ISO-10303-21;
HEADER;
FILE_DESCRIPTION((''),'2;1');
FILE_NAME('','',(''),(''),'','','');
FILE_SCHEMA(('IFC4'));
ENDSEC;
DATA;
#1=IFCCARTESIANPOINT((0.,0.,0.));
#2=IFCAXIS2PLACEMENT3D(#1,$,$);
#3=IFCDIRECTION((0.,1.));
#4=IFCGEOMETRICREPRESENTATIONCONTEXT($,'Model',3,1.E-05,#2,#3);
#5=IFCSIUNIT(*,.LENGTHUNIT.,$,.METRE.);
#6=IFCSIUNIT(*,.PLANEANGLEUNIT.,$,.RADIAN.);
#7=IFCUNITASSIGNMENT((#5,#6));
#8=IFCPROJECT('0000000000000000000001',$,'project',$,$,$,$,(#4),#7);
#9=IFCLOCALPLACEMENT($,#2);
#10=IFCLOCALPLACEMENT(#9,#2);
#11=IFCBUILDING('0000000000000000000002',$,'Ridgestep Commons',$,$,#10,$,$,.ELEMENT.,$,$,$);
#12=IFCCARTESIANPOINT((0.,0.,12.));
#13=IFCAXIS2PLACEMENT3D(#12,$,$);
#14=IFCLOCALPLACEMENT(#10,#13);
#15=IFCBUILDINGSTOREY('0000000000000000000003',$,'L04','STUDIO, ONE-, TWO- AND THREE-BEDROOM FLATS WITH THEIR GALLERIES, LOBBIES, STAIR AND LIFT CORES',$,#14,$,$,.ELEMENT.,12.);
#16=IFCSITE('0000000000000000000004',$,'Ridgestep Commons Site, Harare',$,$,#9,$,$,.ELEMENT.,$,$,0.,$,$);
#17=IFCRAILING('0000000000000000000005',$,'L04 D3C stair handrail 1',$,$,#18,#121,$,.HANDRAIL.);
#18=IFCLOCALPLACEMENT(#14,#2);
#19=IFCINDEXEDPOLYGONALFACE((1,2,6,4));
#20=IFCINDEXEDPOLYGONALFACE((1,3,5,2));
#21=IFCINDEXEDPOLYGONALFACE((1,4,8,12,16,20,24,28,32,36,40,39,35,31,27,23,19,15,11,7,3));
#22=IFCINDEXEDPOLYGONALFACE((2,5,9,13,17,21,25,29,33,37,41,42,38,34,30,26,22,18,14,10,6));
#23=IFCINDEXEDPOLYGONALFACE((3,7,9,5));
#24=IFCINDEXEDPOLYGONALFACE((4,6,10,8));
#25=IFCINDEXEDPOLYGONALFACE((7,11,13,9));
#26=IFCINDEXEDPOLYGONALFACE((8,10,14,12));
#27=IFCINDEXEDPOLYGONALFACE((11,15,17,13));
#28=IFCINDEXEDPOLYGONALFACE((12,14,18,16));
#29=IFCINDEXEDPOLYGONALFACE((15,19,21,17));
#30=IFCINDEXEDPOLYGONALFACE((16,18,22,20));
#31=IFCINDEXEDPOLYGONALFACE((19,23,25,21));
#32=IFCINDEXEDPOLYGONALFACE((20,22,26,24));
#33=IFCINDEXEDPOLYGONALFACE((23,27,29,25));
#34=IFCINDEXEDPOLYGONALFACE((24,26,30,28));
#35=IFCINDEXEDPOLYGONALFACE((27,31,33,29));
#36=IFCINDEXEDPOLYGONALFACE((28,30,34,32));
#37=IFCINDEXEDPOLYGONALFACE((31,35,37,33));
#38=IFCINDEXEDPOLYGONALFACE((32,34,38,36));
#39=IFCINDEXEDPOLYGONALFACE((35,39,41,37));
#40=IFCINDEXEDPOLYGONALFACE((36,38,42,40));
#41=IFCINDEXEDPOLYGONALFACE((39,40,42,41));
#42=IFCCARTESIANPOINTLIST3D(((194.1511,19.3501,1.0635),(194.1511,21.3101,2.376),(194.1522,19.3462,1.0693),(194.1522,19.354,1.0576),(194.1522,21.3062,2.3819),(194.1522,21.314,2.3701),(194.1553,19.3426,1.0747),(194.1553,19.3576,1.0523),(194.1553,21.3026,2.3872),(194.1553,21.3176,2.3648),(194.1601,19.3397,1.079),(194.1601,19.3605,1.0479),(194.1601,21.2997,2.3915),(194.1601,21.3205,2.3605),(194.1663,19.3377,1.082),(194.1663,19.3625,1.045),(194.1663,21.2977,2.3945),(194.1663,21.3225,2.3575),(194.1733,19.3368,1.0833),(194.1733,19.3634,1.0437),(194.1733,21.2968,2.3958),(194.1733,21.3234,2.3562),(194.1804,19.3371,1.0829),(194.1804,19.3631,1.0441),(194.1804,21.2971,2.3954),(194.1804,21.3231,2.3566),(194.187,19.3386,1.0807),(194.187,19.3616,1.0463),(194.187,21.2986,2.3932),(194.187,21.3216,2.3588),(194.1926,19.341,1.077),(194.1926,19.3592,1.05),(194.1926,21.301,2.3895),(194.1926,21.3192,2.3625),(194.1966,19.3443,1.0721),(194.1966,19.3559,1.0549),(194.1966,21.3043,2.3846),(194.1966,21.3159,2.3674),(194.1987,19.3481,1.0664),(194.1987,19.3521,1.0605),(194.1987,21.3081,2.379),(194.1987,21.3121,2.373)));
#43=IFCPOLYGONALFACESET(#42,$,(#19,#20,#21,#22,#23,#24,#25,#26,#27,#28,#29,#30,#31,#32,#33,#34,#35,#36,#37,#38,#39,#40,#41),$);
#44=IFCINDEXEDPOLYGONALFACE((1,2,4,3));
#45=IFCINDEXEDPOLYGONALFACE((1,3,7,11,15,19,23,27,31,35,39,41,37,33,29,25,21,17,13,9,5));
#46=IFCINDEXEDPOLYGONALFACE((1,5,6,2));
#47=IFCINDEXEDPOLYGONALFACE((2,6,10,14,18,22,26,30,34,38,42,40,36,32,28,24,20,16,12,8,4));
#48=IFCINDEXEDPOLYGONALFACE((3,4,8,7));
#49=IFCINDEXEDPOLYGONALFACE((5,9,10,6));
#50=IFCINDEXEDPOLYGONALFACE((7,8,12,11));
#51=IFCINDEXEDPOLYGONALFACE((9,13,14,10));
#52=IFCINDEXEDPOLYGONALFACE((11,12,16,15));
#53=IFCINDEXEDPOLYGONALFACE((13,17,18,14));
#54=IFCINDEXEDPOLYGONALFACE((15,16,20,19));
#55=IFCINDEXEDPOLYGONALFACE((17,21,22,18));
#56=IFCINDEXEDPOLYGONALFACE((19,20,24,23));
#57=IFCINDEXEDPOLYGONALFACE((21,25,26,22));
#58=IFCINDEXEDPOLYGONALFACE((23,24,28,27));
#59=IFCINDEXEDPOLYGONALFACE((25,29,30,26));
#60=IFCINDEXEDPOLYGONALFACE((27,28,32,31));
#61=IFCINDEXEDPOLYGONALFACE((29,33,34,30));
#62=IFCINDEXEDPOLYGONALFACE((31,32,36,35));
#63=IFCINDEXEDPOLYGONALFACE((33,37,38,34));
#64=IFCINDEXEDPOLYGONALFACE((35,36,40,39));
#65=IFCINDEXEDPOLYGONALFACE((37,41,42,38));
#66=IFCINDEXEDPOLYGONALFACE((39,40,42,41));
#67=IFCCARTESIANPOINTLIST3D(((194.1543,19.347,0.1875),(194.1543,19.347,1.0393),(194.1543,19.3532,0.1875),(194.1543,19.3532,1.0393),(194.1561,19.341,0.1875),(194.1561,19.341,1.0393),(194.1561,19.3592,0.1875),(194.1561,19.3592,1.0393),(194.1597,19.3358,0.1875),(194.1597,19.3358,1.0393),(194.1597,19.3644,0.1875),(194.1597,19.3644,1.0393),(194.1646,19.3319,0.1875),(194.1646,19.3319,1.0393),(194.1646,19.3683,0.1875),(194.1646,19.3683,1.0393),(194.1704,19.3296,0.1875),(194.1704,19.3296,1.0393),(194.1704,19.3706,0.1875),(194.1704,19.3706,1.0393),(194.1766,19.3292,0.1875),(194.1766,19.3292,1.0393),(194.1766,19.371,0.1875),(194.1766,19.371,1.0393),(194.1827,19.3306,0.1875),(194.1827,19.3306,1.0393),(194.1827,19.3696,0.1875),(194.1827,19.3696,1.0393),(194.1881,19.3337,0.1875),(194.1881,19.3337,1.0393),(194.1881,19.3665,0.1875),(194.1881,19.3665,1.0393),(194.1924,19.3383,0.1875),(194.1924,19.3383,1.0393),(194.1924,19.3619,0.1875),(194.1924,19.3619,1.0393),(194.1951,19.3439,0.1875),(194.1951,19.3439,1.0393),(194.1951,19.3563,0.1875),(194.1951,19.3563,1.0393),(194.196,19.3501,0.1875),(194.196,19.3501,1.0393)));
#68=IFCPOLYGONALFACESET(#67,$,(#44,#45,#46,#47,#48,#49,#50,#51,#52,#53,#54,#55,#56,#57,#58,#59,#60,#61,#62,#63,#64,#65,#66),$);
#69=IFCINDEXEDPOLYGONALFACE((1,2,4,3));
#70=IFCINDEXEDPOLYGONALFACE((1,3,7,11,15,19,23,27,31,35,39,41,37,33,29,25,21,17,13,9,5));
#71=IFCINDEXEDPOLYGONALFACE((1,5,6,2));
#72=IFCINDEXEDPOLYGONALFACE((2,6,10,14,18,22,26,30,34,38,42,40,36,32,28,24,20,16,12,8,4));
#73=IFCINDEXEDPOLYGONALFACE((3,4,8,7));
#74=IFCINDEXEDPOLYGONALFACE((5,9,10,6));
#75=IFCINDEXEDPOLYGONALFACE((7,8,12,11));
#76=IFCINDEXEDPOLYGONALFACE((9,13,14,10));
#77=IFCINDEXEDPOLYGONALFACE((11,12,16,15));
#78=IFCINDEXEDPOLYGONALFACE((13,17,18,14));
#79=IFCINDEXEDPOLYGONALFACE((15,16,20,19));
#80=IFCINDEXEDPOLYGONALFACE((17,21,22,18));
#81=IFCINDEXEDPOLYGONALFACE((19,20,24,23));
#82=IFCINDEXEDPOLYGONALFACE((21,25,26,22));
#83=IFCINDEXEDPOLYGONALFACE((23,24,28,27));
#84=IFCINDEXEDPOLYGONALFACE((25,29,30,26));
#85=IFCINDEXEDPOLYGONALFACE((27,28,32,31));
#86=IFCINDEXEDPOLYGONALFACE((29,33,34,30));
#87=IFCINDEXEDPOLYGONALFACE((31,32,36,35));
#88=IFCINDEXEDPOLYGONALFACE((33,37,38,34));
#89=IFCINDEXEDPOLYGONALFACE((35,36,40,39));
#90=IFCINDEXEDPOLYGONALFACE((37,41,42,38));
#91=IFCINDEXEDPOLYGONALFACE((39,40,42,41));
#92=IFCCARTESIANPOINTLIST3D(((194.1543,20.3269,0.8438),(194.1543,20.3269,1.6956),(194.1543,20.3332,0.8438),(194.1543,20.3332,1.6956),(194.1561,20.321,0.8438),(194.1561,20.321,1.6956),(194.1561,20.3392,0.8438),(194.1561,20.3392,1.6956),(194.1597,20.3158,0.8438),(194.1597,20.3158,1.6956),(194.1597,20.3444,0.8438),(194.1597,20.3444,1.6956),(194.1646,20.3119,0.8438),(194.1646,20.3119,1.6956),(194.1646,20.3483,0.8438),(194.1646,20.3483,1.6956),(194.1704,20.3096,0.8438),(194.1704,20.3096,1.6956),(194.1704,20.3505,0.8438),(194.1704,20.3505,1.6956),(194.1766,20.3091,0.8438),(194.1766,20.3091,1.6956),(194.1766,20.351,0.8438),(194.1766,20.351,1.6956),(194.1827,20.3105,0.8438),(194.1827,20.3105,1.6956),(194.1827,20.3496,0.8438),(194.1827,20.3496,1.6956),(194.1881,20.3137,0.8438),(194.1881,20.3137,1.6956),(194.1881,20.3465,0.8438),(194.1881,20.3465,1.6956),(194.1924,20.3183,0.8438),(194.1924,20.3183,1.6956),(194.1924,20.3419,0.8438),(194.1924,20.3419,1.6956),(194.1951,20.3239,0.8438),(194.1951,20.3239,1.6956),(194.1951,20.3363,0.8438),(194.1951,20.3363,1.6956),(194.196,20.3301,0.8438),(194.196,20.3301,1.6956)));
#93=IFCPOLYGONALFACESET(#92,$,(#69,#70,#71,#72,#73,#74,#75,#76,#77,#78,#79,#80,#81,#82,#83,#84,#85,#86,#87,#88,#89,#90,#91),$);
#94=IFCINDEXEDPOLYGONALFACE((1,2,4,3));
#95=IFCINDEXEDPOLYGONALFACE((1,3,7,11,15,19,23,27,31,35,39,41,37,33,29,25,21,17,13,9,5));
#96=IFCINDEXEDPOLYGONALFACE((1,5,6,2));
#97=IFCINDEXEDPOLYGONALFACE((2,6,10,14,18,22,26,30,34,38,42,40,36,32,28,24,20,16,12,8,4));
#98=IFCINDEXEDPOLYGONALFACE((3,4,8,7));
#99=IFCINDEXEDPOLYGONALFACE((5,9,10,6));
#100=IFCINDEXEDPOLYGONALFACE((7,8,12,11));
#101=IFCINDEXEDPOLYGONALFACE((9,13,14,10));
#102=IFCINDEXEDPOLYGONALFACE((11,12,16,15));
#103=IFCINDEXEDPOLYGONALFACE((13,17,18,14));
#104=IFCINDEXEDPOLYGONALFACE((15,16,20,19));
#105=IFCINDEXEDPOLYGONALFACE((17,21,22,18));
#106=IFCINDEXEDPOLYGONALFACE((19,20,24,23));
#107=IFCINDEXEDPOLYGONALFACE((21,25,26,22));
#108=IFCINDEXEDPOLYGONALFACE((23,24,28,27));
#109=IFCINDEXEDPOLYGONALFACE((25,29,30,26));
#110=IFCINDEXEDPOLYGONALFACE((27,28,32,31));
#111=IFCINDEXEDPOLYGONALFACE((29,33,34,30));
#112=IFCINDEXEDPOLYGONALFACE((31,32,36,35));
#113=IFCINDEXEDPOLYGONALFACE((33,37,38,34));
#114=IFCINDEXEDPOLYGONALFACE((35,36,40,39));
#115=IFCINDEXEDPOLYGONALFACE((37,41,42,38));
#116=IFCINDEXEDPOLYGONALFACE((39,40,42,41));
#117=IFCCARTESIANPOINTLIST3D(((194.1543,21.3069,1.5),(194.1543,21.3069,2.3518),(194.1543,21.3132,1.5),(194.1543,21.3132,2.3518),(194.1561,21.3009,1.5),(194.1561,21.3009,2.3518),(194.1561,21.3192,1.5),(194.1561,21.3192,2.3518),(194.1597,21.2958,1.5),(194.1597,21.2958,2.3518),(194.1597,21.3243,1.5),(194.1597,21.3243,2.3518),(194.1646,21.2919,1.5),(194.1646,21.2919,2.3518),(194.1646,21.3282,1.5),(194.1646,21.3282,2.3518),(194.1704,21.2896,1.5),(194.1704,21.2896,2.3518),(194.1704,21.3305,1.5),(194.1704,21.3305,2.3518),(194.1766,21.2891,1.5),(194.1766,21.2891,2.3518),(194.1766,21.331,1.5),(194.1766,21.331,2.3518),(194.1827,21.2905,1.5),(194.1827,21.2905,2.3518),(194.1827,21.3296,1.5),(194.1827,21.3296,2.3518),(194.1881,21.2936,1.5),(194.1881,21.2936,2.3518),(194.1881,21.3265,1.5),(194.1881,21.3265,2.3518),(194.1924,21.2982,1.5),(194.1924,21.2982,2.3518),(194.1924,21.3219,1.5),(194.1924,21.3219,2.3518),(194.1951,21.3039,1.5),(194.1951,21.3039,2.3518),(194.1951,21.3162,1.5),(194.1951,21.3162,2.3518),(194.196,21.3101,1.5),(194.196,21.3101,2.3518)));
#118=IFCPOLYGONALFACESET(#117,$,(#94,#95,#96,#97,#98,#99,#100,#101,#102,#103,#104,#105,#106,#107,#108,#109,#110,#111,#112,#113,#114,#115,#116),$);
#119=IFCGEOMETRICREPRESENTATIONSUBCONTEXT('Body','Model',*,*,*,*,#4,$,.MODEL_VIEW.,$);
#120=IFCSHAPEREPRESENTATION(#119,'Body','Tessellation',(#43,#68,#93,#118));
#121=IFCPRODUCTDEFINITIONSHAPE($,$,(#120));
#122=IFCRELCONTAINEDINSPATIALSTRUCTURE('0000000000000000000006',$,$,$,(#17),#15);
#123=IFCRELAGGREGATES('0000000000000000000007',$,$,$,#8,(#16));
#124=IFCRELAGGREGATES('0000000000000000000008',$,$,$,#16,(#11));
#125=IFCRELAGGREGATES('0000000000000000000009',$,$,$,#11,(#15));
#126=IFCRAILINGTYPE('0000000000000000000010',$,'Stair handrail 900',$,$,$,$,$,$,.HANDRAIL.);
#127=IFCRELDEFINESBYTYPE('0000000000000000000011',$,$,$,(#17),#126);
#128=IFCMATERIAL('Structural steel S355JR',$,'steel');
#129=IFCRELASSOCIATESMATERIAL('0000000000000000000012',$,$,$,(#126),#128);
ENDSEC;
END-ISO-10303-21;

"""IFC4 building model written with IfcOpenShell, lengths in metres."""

from ifc_helpers import new_model, si_unit, direction, frame, origin, origin_2d, place, context, subcontext, project, spatial, circle, extrude, material, type_object, element, save


model = new_model("IFC4")

# Units and contexts
model_context = context("Model", 3, precision=1e-05, world=origin(), true_north=direction((0.0, 1.0)))
body_context = subcontext(model_context, "Body", "Model", "MODEL_VIEW")
ifc_project = project(units=[si_unit("LENGTHUNIT", "METRE"), si_unit("PLANEANGLEUNIT", "RADIAN")], contexts=[model_context])

# Site, building, storey
site_placement = place(None, origin())
site = spatial("IfcSite", under=ifc_project, at=site_placement, Name="Ridgestep Commons Site, Harare", CompositionType="ELEMENT", RefElevation=0.0)
building_placement = place(site_placement, origin())
building = spatial("IfcBuilding", under=site, at=building_placement, Name="Ridgestep Commons", CompositionType="ELEMENT")
storey_placement = place(building_placement, frame((0.0, 0.0, 12.0)))
storey = spatial("IfcBuildingStorey", under=building, at=storey_placement, Name="L04", Description="STUDIO, ONE-, TWO- AND THREE-BEDROOM FLATS WITH THEIR GALLERIES, LOBBIES, STAIR AND LIFT CORES", CompositionType="ELEMENT", Elevation=12.0)

# Railing
ifc_material_1 = material(Name="Structural steel S355JR", Category="steel")
railing_type_1 = type_object("IfcRailingType", Name="Stair handrail 900", PredefinedType="HANDRAIL", material=ifc_material_1)
railing_1_placement = place(storey_placement, frame((194.175, 19.3501, 0.1875)))
element("IfcRailing", 1, at=railing_1_placement, inside=storey, type_object=railing_type_1, Name="L04 D3C stair handrail 1", PredefinedType="HANDRAIL", context=body_context, shape_type="SweptSolid", body=[
    extrude(circle(Radius=0.0239, at=origin_2d()), frame((0.0, 0.0, 0.876), z_axis=(0.0, 0.830902, 0.556419), x_axis=(-1.0, 0.0, 0.0)), (0.0, 0.0, 1.0), 2.3589),
    extrude(circle(Radius=0.021, at=origin_2d()), origin(), (0.0, 0.0, 1.0), 0.8518),
    extrude(circle(Radius=0.021, at=origin_2d()), frame((0.0, 0.98, 0.6562)), (0.0, 0.0, 1.0), 0.8518),
    extrude(circle(Radius=0.021, at=origin_2d()), frame((0.0, 1.96, 1.3125)), (0.0, 0.0, 1.0), 0.8518),
])

save(model, "model.ifc")
